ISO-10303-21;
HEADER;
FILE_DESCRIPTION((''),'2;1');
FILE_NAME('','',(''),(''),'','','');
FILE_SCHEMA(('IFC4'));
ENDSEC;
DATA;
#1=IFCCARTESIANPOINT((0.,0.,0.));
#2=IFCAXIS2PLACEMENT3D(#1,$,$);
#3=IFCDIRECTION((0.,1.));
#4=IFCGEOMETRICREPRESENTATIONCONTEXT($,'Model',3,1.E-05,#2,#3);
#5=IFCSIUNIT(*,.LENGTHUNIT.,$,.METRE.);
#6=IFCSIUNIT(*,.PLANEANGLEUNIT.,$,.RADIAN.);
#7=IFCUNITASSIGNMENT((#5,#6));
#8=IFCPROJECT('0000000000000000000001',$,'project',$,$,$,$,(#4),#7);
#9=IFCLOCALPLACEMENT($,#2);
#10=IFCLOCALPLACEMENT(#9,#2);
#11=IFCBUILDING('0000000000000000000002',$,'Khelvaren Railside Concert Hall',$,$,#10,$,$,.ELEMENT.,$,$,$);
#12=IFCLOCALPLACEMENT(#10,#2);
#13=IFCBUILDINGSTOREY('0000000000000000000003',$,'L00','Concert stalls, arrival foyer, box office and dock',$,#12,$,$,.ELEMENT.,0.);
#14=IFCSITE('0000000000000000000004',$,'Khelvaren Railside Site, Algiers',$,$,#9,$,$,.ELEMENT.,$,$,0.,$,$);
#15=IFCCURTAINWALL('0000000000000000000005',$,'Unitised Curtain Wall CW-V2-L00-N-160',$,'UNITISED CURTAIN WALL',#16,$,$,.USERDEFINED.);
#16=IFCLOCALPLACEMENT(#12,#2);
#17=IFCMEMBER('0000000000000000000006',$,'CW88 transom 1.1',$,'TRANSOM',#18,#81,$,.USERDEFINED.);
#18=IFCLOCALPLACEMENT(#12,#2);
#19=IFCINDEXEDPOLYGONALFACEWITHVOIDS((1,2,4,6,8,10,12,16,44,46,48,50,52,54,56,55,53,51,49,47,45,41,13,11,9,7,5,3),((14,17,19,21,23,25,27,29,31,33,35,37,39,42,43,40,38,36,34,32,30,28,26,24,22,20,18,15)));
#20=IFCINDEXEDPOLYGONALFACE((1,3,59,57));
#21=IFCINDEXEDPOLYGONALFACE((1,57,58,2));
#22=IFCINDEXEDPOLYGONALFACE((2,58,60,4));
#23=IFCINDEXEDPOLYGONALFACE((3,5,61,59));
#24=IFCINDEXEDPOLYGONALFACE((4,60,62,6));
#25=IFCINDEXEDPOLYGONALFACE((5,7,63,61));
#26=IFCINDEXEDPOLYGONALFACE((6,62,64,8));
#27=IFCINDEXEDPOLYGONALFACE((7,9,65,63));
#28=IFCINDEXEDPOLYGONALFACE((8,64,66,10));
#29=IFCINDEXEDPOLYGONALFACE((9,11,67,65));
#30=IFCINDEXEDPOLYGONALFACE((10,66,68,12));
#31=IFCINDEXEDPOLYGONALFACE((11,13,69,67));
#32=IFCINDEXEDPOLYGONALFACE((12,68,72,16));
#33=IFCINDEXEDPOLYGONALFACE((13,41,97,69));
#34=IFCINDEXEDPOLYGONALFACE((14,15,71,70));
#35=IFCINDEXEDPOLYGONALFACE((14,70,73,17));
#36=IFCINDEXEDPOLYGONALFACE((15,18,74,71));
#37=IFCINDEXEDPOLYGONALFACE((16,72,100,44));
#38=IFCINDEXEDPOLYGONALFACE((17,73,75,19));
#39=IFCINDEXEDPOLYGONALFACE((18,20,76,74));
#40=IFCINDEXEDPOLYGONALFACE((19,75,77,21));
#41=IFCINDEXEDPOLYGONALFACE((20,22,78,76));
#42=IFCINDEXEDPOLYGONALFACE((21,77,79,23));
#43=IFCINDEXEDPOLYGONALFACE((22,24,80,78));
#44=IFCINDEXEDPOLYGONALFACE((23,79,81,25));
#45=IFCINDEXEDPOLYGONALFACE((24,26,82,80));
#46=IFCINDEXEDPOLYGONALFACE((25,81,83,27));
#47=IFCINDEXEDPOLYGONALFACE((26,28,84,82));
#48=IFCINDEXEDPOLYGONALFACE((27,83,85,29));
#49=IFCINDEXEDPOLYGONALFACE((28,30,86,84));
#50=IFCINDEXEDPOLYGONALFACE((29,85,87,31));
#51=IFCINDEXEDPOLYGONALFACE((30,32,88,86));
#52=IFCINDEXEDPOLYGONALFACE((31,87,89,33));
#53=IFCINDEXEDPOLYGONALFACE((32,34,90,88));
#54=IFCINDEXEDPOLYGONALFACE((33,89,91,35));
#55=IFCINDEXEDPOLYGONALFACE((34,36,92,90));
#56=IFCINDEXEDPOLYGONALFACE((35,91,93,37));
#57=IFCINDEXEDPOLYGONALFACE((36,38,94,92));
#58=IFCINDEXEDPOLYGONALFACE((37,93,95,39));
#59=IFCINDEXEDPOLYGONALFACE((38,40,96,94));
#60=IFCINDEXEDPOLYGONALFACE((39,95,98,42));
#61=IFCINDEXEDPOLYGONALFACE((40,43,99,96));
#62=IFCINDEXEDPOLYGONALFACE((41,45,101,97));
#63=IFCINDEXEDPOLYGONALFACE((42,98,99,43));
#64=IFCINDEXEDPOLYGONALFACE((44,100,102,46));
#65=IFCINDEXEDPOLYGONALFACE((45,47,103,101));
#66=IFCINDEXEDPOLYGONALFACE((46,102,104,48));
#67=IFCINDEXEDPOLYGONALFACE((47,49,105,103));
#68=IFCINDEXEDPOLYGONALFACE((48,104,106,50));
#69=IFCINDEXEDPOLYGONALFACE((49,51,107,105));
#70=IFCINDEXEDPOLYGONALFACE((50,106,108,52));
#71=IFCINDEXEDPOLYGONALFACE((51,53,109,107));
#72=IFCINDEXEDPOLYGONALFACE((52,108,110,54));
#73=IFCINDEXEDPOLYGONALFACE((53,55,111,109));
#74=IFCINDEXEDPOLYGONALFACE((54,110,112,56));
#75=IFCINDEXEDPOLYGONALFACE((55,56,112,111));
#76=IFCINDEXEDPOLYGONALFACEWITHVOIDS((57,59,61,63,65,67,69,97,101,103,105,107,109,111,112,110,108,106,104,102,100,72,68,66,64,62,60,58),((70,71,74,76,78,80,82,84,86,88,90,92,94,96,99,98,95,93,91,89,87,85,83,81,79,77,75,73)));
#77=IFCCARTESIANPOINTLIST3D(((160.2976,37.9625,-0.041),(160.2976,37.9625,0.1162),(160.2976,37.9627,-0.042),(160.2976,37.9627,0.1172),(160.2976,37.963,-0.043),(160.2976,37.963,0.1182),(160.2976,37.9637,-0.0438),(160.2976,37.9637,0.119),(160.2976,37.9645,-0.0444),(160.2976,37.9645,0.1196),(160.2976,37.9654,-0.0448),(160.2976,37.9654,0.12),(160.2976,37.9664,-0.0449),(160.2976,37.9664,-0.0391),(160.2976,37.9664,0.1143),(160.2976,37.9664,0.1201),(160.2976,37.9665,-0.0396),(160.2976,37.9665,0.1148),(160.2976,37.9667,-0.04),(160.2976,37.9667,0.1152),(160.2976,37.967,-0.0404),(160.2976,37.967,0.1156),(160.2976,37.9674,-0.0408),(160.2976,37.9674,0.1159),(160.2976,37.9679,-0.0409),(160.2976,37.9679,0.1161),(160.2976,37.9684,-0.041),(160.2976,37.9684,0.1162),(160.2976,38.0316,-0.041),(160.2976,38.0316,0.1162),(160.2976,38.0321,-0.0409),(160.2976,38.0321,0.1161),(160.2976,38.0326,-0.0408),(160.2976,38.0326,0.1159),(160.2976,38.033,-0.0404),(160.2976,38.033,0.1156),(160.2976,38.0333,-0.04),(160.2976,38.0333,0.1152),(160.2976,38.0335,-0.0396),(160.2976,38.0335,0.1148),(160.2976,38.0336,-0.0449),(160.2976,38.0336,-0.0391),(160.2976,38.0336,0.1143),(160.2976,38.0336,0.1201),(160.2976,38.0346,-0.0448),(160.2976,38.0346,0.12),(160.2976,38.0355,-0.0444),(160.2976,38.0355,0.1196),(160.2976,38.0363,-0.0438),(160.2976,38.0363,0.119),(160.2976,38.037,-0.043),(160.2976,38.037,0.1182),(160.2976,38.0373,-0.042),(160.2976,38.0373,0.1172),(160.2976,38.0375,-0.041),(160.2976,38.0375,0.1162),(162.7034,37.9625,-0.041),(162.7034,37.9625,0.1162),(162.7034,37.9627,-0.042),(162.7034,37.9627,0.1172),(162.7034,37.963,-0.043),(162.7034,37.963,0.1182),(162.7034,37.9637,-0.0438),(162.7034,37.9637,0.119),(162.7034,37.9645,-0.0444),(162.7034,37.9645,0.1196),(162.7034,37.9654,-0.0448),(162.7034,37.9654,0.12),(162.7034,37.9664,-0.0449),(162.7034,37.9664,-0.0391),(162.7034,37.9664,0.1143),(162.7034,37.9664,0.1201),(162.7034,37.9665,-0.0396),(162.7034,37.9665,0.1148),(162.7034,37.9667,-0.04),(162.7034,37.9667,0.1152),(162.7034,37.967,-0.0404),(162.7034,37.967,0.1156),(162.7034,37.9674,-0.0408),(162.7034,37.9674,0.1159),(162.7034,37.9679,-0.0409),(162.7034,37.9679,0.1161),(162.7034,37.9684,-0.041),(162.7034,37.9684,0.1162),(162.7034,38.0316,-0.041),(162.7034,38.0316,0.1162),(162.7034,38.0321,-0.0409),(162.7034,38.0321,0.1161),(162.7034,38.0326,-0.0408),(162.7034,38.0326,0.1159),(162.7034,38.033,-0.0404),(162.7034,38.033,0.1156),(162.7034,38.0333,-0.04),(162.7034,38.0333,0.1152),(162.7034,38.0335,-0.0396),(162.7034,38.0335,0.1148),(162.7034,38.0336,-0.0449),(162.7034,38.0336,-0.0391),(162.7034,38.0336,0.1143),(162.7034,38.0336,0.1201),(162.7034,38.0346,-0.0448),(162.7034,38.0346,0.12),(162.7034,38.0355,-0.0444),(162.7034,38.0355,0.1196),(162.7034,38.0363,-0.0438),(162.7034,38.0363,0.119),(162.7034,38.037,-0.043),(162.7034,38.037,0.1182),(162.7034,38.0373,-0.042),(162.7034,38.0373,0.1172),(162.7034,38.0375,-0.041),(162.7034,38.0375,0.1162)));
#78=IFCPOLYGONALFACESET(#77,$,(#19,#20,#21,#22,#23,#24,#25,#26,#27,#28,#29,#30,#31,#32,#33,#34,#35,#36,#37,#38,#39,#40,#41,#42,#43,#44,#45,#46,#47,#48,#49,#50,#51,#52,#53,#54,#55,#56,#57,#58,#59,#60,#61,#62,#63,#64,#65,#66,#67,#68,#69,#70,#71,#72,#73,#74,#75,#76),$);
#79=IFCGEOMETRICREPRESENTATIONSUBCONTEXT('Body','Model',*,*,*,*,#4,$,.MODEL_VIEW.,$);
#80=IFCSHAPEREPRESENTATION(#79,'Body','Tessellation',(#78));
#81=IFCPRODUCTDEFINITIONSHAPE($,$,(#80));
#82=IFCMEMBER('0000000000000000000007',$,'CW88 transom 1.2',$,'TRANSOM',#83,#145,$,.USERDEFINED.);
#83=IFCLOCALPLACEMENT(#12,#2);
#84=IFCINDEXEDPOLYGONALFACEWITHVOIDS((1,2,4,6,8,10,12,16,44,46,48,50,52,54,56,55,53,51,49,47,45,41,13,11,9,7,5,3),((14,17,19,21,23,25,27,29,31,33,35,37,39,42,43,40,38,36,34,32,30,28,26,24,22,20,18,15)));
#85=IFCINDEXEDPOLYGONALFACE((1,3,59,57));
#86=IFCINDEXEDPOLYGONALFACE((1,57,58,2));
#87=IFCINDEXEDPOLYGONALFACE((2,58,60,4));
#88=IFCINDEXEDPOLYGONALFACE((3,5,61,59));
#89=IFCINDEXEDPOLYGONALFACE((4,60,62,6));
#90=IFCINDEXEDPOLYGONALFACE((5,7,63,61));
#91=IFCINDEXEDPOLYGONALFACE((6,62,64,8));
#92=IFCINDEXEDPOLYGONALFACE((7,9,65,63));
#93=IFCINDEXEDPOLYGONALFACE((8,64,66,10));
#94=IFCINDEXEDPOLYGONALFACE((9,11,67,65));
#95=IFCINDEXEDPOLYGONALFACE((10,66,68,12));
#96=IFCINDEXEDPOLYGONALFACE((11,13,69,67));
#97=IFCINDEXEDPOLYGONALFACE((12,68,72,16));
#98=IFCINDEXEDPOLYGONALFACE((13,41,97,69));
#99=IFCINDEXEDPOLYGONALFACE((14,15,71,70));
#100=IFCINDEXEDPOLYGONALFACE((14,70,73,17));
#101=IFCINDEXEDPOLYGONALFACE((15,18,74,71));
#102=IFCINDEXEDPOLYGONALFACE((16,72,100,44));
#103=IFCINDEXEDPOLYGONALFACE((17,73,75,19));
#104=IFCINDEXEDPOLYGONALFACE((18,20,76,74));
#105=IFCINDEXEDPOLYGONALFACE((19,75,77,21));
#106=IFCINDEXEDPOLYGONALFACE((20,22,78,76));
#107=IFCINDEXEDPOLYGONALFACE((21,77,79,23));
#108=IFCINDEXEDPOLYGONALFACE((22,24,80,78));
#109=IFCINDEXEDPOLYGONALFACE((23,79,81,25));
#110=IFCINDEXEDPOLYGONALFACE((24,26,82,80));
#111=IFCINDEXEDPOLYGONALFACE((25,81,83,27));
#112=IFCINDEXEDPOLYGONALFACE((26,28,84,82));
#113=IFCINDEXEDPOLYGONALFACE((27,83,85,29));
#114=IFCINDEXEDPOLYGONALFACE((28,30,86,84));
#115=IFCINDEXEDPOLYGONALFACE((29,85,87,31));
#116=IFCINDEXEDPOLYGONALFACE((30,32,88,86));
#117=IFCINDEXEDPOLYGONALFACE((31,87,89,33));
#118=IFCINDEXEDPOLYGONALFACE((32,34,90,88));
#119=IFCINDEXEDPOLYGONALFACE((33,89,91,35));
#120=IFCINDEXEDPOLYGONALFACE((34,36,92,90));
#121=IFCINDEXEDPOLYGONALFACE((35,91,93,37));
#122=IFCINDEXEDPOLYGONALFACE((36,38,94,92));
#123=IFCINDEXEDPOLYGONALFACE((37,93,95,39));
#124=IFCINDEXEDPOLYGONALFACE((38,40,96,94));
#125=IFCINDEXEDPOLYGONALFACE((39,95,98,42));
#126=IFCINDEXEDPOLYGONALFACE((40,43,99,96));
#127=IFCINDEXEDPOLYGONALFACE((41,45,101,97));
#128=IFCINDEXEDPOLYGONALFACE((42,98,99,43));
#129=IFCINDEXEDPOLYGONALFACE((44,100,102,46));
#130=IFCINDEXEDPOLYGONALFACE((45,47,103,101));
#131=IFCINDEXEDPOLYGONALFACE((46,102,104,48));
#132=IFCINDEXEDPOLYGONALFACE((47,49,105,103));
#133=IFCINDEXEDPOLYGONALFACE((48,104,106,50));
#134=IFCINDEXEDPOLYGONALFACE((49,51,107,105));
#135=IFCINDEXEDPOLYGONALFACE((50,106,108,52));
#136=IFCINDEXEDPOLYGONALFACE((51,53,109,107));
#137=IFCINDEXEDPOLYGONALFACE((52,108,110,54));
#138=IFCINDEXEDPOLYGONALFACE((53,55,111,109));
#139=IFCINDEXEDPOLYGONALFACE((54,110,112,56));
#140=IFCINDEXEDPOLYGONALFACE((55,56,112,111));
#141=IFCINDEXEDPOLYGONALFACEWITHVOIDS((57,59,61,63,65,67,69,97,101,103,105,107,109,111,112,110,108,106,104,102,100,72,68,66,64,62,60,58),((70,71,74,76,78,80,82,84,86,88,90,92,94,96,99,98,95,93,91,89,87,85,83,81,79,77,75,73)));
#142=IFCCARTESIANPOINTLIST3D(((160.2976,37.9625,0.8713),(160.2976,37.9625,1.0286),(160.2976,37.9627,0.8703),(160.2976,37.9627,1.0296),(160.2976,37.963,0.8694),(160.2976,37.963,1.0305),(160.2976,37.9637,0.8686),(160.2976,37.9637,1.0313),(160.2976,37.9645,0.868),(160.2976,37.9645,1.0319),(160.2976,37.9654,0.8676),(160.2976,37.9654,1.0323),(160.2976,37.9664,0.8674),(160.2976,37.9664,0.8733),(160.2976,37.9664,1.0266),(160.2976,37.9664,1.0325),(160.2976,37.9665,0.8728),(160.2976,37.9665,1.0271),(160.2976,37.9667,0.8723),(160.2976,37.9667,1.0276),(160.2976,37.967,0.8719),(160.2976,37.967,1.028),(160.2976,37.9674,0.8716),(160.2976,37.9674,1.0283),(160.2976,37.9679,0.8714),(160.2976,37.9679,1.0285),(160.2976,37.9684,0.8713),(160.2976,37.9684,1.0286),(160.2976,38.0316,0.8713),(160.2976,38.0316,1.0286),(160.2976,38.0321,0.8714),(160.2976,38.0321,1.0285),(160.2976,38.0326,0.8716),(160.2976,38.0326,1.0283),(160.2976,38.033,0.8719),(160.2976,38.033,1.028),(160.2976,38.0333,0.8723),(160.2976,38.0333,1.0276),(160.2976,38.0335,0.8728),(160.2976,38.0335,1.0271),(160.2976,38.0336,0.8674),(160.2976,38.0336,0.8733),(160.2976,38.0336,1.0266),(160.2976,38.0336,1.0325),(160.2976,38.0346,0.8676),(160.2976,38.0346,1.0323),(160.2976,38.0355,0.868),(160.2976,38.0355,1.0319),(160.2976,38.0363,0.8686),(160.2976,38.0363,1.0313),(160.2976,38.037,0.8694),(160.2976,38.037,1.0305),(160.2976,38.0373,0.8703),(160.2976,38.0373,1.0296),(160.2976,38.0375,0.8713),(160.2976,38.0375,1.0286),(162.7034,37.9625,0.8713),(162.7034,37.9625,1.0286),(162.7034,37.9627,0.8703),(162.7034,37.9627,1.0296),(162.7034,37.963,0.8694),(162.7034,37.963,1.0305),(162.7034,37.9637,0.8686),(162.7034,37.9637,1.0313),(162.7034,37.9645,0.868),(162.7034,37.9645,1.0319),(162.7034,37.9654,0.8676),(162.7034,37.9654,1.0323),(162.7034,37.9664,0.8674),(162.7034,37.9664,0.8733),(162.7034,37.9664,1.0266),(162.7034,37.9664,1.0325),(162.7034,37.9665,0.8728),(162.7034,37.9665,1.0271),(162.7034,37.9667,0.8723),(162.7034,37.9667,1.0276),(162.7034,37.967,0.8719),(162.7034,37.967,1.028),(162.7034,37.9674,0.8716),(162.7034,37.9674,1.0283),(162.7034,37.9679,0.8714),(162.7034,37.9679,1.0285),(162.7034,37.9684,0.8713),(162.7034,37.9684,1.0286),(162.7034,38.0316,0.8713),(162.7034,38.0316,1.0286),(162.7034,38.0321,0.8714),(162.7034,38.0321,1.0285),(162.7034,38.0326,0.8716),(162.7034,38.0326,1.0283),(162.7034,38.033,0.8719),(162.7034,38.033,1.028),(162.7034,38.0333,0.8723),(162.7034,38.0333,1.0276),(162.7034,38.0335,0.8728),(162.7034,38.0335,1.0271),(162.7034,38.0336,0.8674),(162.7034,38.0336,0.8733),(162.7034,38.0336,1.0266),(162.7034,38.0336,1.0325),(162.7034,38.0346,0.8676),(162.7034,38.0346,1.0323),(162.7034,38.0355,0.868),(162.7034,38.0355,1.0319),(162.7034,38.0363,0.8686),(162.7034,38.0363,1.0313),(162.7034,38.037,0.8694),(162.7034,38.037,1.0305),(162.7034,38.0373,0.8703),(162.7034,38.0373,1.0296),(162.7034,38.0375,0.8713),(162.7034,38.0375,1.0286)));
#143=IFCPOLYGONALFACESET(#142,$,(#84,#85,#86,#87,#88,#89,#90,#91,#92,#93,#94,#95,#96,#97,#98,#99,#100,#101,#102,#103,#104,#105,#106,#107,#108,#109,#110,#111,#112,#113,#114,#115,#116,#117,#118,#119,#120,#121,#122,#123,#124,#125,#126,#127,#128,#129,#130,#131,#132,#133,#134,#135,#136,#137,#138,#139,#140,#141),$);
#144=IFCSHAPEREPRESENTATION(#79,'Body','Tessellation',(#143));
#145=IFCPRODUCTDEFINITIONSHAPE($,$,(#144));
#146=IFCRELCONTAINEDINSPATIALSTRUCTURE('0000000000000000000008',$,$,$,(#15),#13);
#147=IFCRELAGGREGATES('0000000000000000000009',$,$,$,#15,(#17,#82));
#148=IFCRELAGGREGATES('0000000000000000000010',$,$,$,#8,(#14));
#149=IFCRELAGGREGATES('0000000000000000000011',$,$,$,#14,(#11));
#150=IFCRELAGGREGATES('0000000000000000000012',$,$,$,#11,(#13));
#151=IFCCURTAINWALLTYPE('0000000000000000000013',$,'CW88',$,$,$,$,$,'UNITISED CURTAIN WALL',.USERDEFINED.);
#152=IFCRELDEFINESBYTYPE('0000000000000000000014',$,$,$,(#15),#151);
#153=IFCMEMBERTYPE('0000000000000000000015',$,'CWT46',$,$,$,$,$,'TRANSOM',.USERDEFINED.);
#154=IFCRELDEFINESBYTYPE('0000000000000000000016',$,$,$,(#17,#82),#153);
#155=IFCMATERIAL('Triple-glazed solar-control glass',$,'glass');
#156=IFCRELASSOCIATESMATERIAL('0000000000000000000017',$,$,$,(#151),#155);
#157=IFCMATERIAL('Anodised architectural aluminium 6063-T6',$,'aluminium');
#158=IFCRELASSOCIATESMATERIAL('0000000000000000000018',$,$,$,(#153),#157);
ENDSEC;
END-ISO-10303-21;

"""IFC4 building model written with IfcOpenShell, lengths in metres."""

from ifc_helpers import new_model, si_unit, direction, frame, origin, origin_2d, place, context, subcontext, project, spatial, hollow_rectangle, extrude, material, material_profile, profile_set, type_object, element, aggregate, save


model = new_model("IFC4")

# Units and contexts
model_context = context("Model", 3, precision=1e-05, world=origin(), true_north=direction((0.0, 1.0)))
body_context = subcontext(model_context, "Body", "Model", "MODEL_VIEW")
ifc_project = project(units=[si_unit("LENGTHUNIT", "METRE"), si_unit("PLANEANGLEUNIT", "RADIAN")], contexts=[model_context])

# Site, building, storey
site_placement = place(None, origin())
site = spatial("IfcSite", under=ifc_project, at=site_placement, Name="Khelvaren Railside Site, Algiers", CompositionType="ELEMENT", RefElevation=0.0)
building_placement = place(site_placement, origin())
building = spatial("IfcBuilding", under=site, at=building_placement, Name="Khelvaren Railside Concert Hall", CompositionType="ELEMENT")
storey_placement = place(building_placement, origin())
storey = spatial("IfcBuildingStorey", under=building, at=storey_placement, Name="L00", Description="Concert stalls, arrival foyer, box office and dock", CompositionType="ELEMENT", Elevation=0.0)

# Curtain wall
ifc_material_1 = material(Name="Triple-glazed solar-control glass", Category="glass")
curtain_wall_type_1 = type_object("IfcCurtainWallType", Name="CW88", ElementType="UNITISED CURTAIN WALL", PredefinedType="USERDEFINED", material=ifc_material_1)
curtain_wall_1_placement = place(storey_placement, origin())
curtain_wall_1 = element("IfcCurtainWall", 1, at=curtain_wall_1_placement, inside=storey, type_object=curtain_wall_type_1, Name="Unitised Curtain Wall CW-V2-L00-N-160", ObjectType="UNITISED CURTAIN WALL", PredefinedType="USERDEFINED")
ifc_material_2 = material(Name="Anodised architectural aluminium 6063-T6", Category="aluminium")

# Members
ifc_material_profile_1 = material_profile(ifc_material_2, hollow_rectangle(XDim=0.075, YDim=0.165, WallThickness=0.0039, InnerFilletRadius=0.002, OuterFilletRadius=0.0039, at=origin_2d()), Name="CWT 75x165x4")
ifc_profile_set_1 = profile_set([ifc_material_profile_1], Name="Anodised architectural aluminium 6063-T6")
member_type_1 = type_object("IfcMemberType", Name="CWT46", ElementType="TRANSOM", PredefinedType="USERDEFINED", material=ifc_profile_set_1)
member_1_placement = place(storey_placement, frame((160.2976, 38.0, 0.0376), z_axis=(1.0, 0.0, 0.0), x_axis=(0.0, 1.0, 0.0)))
member_1 = element("IfcMember", 2, at=member_1_placement, type_object=member_type_1, Name="CW88 transom 1.1", ObjectType="TRANSOM", PredefinedType="USERDEFINED", context=body_context, shape_type="SweptSolid", body=[
    extrude(hollow_rectangle(XDim=0.075, YDim=0.165, WallThickness=0.0039, InnerFilletRadius=0.002, OuterFilletRadius=0.0039, at=origin_2d()), origin(), (0.0, 0.0, 1.0), 2.4058),
])
member_2_placement = place(storey_placement, frame((160.2976, 38.0, 0.95), z_axis=(1.0, 0.0, 0.0), x_axis=(0.0, 1.0, 0.0)))
member_2 = element("IfcMember", 3, at=member_2_placement, type_object=member_type_1, Name="CW88 transom 1.2", ObjectType="TRANSOM", PredefinedType="USERDEFINED", context=body_context, shape_type="SweptSolid", body=[
    extrude(hollow_rectangle(XDim=0.075, YDim=0.165, WallThickness=0.0039, InnerFilletRadius=0.002, OuterFilletRadius=0.0039, at=origin_2d()), origin(), (0.0, 0.0, 1.0), 2.4058),
])

aggregate(curtain_wall_1, [member_1, member_2])

save(model, "model.ifc")
